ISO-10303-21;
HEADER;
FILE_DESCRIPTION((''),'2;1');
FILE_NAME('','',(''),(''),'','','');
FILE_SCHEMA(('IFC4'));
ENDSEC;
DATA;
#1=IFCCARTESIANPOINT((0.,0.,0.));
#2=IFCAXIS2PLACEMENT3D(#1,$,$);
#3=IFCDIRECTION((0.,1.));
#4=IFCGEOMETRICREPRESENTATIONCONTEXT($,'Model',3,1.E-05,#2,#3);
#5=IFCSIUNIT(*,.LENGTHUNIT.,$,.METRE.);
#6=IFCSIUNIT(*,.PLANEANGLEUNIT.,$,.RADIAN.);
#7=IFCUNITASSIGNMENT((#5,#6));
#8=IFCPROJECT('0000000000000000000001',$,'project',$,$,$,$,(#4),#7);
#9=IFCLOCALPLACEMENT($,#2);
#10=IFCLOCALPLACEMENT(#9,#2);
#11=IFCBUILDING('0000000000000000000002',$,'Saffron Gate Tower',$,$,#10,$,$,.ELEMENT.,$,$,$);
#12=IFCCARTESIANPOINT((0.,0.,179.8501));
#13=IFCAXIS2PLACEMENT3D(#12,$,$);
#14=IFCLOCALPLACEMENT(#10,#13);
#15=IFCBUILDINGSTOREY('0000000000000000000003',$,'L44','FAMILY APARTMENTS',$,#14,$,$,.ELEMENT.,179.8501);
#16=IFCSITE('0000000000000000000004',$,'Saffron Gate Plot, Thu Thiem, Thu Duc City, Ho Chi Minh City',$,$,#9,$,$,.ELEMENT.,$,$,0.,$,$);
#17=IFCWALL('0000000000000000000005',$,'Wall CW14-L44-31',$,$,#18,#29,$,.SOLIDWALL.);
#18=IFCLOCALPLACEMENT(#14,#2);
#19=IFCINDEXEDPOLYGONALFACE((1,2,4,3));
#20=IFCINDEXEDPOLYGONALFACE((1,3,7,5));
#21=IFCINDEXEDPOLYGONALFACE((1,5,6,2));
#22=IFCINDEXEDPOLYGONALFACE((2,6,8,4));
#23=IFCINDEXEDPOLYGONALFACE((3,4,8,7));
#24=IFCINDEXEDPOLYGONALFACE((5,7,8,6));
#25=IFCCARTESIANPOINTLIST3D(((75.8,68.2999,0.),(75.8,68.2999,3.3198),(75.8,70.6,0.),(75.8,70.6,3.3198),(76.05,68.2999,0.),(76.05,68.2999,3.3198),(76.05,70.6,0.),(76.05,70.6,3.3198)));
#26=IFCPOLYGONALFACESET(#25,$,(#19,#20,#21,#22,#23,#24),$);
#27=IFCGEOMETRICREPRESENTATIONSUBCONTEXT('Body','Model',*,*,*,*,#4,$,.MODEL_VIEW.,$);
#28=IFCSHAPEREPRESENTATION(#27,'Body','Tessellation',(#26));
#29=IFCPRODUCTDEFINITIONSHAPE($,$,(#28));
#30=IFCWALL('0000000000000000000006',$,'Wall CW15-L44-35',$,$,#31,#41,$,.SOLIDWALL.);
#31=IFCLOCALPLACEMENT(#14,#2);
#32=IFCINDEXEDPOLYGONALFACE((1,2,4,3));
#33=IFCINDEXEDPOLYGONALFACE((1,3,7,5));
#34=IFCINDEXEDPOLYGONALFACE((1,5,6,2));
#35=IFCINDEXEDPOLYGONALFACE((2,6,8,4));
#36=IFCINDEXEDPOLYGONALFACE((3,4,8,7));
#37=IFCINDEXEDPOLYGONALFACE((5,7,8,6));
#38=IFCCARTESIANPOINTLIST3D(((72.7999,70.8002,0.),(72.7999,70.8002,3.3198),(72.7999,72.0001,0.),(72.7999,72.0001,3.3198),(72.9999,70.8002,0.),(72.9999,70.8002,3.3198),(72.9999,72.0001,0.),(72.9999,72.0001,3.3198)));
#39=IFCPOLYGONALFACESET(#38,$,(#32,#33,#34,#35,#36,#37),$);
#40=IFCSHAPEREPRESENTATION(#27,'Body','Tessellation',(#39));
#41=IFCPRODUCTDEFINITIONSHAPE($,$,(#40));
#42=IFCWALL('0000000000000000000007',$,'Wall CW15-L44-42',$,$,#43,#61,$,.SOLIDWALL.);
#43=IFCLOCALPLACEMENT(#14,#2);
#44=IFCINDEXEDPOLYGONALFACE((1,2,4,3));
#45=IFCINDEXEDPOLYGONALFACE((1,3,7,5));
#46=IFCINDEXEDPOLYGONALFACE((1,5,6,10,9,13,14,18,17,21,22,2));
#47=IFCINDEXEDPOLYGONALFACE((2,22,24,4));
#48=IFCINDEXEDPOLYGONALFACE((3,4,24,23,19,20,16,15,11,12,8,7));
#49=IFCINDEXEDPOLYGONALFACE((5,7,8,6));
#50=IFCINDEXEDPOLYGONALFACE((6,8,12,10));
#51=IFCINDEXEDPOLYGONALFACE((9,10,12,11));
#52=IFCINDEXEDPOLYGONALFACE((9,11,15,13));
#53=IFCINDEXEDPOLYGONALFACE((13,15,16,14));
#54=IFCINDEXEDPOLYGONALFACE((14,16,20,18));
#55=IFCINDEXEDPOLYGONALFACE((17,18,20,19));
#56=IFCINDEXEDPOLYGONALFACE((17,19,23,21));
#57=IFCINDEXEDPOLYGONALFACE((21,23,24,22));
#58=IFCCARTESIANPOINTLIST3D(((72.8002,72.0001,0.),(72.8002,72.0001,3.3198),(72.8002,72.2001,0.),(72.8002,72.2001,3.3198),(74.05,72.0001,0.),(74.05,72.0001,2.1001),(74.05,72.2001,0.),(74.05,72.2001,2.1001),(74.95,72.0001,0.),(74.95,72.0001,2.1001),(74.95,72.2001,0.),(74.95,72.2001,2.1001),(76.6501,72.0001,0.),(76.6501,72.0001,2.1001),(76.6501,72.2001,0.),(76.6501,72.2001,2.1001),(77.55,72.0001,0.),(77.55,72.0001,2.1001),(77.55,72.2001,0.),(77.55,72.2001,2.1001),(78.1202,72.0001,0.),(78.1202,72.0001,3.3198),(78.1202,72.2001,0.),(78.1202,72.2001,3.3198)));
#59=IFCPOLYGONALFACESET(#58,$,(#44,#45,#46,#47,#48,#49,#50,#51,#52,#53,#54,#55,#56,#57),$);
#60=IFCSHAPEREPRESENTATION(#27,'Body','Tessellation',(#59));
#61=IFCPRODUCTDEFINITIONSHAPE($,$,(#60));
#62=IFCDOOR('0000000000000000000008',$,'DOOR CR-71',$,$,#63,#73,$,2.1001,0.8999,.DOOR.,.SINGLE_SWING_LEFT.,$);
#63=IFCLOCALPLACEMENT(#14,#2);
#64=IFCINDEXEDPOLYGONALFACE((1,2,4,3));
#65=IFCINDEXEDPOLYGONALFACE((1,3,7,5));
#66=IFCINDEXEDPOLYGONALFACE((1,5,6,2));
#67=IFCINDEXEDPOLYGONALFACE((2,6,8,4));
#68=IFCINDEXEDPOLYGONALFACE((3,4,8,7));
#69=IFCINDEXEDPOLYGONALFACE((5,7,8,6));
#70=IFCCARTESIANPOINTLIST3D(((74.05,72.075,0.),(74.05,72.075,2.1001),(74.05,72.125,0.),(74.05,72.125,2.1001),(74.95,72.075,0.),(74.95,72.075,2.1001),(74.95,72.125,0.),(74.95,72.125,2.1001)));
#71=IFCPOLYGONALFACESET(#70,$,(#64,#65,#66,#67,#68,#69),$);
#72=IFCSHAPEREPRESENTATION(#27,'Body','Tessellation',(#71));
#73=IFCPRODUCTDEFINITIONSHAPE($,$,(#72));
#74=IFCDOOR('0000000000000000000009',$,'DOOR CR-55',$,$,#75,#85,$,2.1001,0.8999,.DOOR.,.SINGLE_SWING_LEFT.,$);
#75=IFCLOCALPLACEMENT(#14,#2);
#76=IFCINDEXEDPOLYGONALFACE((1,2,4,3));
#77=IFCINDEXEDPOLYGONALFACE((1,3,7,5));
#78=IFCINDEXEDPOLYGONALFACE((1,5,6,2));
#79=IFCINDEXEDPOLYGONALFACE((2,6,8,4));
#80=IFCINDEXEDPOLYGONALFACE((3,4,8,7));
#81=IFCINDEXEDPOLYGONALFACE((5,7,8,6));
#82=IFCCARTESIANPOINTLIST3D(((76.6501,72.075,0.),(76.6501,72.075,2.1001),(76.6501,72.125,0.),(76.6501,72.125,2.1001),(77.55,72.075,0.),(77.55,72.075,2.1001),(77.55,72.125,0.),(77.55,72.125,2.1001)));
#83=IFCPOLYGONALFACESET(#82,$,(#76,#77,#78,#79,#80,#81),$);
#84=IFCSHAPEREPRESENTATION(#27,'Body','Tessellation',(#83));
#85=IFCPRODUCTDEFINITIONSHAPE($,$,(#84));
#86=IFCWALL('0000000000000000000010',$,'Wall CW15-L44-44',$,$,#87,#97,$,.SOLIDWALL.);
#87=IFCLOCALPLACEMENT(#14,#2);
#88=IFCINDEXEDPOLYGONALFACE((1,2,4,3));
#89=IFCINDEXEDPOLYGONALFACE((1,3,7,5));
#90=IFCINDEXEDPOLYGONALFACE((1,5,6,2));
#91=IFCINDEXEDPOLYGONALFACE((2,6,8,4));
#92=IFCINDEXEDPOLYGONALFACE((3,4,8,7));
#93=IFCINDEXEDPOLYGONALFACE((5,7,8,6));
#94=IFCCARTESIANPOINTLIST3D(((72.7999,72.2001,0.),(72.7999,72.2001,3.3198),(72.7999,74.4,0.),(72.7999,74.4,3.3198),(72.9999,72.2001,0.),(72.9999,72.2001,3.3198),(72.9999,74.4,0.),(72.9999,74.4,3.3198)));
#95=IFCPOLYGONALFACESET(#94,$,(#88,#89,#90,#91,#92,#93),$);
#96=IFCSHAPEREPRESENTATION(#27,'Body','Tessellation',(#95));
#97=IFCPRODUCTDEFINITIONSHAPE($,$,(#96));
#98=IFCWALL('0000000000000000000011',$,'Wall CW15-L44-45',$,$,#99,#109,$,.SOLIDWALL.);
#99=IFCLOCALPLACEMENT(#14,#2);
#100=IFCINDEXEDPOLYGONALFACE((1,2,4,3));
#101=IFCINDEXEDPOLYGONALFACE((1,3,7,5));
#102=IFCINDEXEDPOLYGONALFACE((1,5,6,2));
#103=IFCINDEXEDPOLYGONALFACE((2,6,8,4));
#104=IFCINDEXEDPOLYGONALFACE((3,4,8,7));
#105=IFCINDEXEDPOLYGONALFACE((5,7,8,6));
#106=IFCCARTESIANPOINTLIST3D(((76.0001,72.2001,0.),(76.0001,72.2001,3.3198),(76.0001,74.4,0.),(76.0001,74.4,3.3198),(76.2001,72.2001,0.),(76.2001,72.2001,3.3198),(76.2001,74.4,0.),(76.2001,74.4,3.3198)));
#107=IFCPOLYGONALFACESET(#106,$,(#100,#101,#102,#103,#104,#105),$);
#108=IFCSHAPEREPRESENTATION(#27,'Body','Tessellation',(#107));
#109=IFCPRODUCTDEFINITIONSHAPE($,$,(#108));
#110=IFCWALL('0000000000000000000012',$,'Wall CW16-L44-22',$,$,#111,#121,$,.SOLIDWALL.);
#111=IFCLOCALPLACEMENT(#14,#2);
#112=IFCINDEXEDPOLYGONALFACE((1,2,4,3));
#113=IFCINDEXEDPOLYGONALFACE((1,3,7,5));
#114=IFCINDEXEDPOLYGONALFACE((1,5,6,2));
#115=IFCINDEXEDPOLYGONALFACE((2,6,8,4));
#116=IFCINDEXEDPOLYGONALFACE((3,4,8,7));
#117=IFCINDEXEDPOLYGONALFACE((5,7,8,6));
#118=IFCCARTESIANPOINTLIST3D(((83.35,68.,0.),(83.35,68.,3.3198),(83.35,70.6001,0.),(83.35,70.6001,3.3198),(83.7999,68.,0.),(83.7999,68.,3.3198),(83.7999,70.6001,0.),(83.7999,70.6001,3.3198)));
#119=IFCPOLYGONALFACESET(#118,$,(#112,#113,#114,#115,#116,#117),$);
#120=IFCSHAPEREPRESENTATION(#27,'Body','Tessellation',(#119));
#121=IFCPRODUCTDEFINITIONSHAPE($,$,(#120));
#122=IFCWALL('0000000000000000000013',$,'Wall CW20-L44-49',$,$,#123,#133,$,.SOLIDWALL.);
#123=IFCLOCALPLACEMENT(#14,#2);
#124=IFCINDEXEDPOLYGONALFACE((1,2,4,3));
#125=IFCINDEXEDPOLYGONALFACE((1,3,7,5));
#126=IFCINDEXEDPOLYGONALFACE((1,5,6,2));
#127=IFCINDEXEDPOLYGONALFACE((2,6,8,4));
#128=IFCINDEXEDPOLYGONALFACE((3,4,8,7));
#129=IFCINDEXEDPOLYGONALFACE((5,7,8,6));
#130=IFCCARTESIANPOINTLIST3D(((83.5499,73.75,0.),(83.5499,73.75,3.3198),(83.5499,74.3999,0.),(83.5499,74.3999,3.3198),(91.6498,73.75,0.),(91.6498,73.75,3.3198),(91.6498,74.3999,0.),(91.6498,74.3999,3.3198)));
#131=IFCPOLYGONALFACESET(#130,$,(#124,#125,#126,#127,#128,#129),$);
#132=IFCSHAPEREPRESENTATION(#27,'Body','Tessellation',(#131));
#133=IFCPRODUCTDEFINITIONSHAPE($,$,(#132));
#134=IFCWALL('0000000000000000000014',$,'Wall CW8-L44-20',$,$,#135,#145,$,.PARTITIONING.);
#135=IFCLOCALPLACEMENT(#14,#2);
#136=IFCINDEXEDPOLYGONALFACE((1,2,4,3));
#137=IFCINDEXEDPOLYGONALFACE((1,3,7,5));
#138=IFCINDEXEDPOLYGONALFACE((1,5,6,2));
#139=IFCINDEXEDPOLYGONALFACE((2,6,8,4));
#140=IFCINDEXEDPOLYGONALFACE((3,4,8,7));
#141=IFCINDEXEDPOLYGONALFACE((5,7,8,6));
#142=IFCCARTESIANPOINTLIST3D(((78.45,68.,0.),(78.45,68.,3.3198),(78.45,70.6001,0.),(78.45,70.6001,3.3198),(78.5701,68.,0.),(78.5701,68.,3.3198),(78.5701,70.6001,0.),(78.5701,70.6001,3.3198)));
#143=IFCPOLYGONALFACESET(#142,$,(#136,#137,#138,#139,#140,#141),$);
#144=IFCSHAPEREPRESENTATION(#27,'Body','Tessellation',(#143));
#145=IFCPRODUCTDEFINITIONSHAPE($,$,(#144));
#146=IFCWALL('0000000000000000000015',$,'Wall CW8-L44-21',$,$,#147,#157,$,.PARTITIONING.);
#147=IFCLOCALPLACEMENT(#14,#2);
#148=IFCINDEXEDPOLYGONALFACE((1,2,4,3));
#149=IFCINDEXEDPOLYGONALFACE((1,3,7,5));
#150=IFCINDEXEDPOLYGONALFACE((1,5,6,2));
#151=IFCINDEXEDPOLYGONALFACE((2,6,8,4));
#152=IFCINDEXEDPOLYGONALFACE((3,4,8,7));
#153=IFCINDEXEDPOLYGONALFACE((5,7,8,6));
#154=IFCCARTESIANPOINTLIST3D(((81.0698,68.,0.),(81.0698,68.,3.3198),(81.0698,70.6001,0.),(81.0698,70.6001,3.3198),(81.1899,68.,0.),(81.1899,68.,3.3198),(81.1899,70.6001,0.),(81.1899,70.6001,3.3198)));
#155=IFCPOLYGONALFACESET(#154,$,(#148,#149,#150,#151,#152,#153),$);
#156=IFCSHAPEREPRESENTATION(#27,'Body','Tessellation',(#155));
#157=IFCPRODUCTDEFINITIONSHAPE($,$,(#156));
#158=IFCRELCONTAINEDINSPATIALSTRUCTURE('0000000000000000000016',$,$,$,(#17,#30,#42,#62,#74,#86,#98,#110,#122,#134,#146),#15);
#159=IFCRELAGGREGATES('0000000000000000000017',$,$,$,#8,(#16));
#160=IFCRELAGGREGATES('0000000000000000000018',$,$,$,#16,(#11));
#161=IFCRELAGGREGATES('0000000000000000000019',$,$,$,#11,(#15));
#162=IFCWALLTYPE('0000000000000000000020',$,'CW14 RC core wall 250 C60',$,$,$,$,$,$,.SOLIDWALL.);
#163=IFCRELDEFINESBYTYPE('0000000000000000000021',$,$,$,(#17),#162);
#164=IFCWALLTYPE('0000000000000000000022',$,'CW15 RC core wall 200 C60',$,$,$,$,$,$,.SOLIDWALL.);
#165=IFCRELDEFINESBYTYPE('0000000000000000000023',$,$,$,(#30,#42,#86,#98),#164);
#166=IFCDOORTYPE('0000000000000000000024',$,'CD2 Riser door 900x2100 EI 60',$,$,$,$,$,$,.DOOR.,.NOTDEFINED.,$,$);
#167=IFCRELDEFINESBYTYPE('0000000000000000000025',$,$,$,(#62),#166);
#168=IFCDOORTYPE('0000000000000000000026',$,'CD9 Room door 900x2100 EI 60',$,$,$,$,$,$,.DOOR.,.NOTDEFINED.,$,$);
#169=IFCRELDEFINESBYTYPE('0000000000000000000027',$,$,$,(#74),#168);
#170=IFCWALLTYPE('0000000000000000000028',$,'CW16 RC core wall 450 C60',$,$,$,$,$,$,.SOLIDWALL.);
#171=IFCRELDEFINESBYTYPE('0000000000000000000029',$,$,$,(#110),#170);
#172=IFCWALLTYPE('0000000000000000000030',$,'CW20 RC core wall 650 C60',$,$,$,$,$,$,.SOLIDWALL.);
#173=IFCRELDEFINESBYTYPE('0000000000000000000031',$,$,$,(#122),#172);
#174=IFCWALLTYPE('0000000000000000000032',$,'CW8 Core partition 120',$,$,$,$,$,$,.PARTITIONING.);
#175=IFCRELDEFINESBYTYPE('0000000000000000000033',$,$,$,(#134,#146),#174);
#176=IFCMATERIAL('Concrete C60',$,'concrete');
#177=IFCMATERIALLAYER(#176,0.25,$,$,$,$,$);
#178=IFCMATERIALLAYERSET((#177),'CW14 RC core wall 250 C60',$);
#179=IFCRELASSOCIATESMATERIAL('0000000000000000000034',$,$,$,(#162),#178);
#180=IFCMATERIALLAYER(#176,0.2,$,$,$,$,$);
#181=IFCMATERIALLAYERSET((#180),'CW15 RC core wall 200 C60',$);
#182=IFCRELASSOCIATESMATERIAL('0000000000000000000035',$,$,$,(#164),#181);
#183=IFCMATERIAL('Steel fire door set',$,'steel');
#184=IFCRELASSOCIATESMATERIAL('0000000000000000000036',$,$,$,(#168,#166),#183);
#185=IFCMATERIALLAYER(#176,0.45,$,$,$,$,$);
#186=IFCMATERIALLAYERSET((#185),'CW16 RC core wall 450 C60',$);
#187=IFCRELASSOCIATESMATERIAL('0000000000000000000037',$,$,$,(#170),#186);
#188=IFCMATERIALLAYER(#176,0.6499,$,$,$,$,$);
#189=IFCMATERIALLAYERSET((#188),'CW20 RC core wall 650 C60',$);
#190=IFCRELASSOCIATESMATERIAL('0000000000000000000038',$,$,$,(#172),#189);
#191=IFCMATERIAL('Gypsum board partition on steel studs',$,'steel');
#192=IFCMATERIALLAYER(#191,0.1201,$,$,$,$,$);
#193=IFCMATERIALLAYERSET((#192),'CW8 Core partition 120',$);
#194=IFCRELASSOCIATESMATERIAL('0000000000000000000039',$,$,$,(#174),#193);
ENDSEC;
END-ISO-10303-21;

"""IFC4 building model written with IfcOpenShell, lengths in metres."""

from ifc_helpers import new_model, si_unit, direction, frame, frame_2d, origin, place, context, subcontext, project, spatial, rectangle, extrude, material, layer, layer_set, type_object, element, fill, save


model = new_model("IFC4")

# Units and contexts
model_context = context("Model", 3, precision=1e-05, world=origin(), true_north=direction((0.0, 1.0)))
body_context = subcontext(model_context, "Body", "Model", "MODEL_VIEW")
ifc_project = project(units=[si_unit("LENGTHUNIT", "METRE"), si_unit("PLANEANGLEUNIT", "RADIAN")], contexts=[model_context])

# Site, building, storey
site_placement = place(None, origin())
site = spatial("IfcSite", under=ifc_project, at=site_placement, Name="Saffron Gate Plot, Thu Thiem, Thu Duc City, Ho Chi Minh City", CompositionType="ELEMENT", RefElevation=0.0)
building_placement = place(site_placement, origin())
building = spatial("IfcBuilding", under=site, at=building_placement, Name="Saffron Gate Tower", CompositionType="ELEMENT")
storey_placement = place(building_placement, frame((0.0, 0.0, 179.8501)))
storey = spatial("IfcBuildingStorey", under=building, at=storey_placement, Name="L44", Description="FAMILY APARTMENTS", CompositionType="ELEMENT", Elevation=179.8501)

# Wall
ifc_material_1 = material(Name="Concrete C60", Category="concrete")
ifc_layer_1 = layer(ifc_material_1, 0.25)
ifc_layer_set_1 = layer_set([ifc_layer_1], Name="CW14 RC core wall 250 C60")
wall_type_1 = type_object("IfcWallType", Name="CW14 RC core wall 250 C60", PredefinedType="SOLIDWALL", material=ifc_layer_set_1)
wall_1_placement = place(storey_placement, frame((75.925, 68.3, 0.0), z_axis=(0.0, 0.0, 1.0), x_axis=(0.0, 1.0, 0.0)))
element("IfcWall", 1, at=wall_1_placement, inside=storey, type_object=wall_type_1, Name="Wall CW14-L44-31", PredefinedType="SOLIDWALL", context=body_context, shape_type="SweptSolid", body=[
    extrude(rectangle(XDim=2.3, YDim=0.25, at=frame_2d((1.1499, 0.0))), origin(), (0.0, 0.0, 1.0), 3.3198),
])

# Shared definitions
ifc_layer_2 = layer(ifc_material_1, 0.2)
ifc_layer_set_2 = layer_set([ifc_layer_2], Name="CW15 RC core wall 200 C60")
wall_type_2 = type_object("IfcWallType", Name="CW15 RC core wall 200 C60", PredefinedType="SOLIDWALL", material=ifc_layer_set_2)
ifc_material_2 = material(Name="Steel fire door set", Category="steel")
door_type_1 = type_object("IfcDoorType", Name="CD9 Room door 900x2100 EI 60", OperationType="NOTDEFINED", PredefinedType="DOOR", material=ifc_material_2)

# Wall
wall_2_placement = place(storey_placement, frame((72.8999, 70.8, 0.0), z_axis=(0.0, 0.0, 1.0), x_axis=(0.0, 1.0, 0.0)))
element("IfcWall", 2, at=wall_2_placement, inside=storey, type_object=wall_type_2, Name="Wall CW15-L44-35", PredefinedType="SOLIDWALL", context=body_context, shape_type="SweptSolid", body=[
    extrude(rectangle(XDim=1.2, YDim=0.2, at=frame_2d((0.6001, 0.0))), origin(), (0.0, 0.0, 1.0), 3.3198),
])

# Wall, openings, doors
wall_3_placement = place(storey_placement, frame((72.8, 72.1001, 0.0), z_axis=(0.0, 0.0, 1.0), x_axis=(1.0, 0.0, 0.0)))
wall_3 = element("IfcWall", 3, at=wall_3_placement, inside=storey, type_object=wall_type_2, Name="Wall CW15-L44-42", PredefinedType="SOLIDWALL", context=body_context, shape_type="SweptSolid", body=[
    extrude(rectangle(XDim=5.3201, YDim=0.2, at=frame_2d((2.6602, 0.0))), origin(), (0.0, 0.0, 1.0), 3.3198),
])
opening_1_placement = place(wall_3_placement, frame((1.25, 0.0, 0.0)))
opening_1 = element("IfcOpeningElement", 4, at=opening_1_placement, cuts=wall_3, PredefinedType="OPENING", context=body_context, shape_type="SweptSolid", body=[
    extrude(rectangle(XDim=0.8999, YDim=2.1001, at=frame_2d((0.45, 1.05))), frame((0.0, 0.1099, 0.0), z_axis=(0.0, -1.0, 0.0), x_axis=(1.0, 0.0, 0.0)), (0.0, 0.0, 1.0), 0.22),
])
opening_2_placement = place(wall_3_placement, frame((3.8501, 0.0, 0.0)))
opening_2 = element("IfcOpeningElement", 5, at=opening_2_placement, cuts=wall_3, PredefinedType="OPENING", context=body_context, shape_type="SweptSolid", body=[
    extrude(rectangle(XDim=0.8999, YDim=2.1001, at=frame_2d((0.45, 1.05))), frame((0.0, 0.1099, 0.0), z_axis=(0.0, -1.0, 0.0), x_axis=(1.0, 0.0, 0.0)), (0.0, 0.0, 1.0), 0.22),
])
door_type_2 = type_object("IfcDoorType", Name="CD2 Riser door 900x2100 EI 60", OperationType="NOTDEFINED", PredefinedType="DOOR", material=ifc_material_2)
door_1_placement = place(opening_1_placement, origin())
door_1 = element("IfcDoor", 6, at=door_1_placement, inside=storey, type_object=door_type_2, Name="DOOR CR-71", OperationType="SINGLE_SWING_LEFT", OverallHeight=2.1001, OverallWidth=0.8999, PredefinedType="DOOR", context=body_context, shape_type="SweptSolid", body=[
    extrude(rectangle(XDim=0.8999, YDim=2.1001, at=frame_2d((0.45, 1.05))), frame((0.0, 0.0249, 0.0), z_axis=(0.0, -1.0, 0.0), x_axis=(1.0, 0.0, 0.0)), (0.0, 0.0, 1.0), 0.05),
])
fill(opening_1, door_1)
door_2_placement = place(opening_2_placement, origin())
door_2 = element("IfcDoor", 7, at=door_2_placement, inside=storey, type_object=door_type_1, Name="DOOR CR-55", OperationType="SINGLE_SWING_LEFT", OverallHeight=2.1001, OverallWidth=0.8999, PredefinedType="DOOR", context=body_context, shape_type="SweptSolid", body=[
    extrude(rectangle(XDim=0.8999, YDim=2.1001, at=frame_2d((0.45, 1.05))), frame((0.0, 0.0249, 0.0), z_axis=(0.0, -1.0, 0.0), x_axis=(1.0, 0.0, 0.0)), (0.0, 0.0, 1.0), 0.05),
])
fill(opening_2, door_2)

# Walls
for number, where, z_axis, x_axis, name in (
    (8, (72.8999, 72.2, 0.0), (0.0, 0.0, 1.0), (0.0, 1.0, 0.0), "Wall CW15-L44-44"),
    (9, (76.1001, 72.2, 0.0), (0.0, 0.0, 1.0), (0.0, 1.0, 0.0), "Wall CW15-L44-45"),
):
    element("IfcWall", number, at=place(storey_placement, frame(where, z_axis=z_axis, x_axis=x_axis)), inside=storey, type_object=wall_type_2, Name=name, PredefinedType="SOLIDWALL", context=body_context, shape_type="SweptSolid", body=[
        extrude(rectangle(XDim=2.2, YDim=0.2, at=frame_2d((1.1001, 0.0))), origin(), (0.0, 0.0, 1.0), 3.3198),
    ])
ifc_layer_3 = layer(ifc_material_1, 0.45)
ifc_layer_set_3 = layer_set([ifc_layer_3], Name="CW16 RC core wall 450 C60")
wall_type_3 = type_object("IfcWallType", Name="CW16 RC core wall 450 C60", PredefinedType="SOLIDWALL", material=ifc_layer_set_3)
wall_4_placement = place(storey_placement, frame((83.575, 68.0, 0.0), z_axis=(0.0, 0.0, 1.0), x_axis=(0.0, 1.0, 0.0)))
element("IfcWall", 10, at=wall_4_placement, inside=storey, type_object=wall_type_3, Name="Wall CW16-L44-22", PredefinedType="SOLIDWALL", context=body_context, shape_type="SweptSolid", body=[
    extrude(rectangle(XDim=2.6001, YDim=0.45, at=frame_2d((1.3, 0.0))), origin(), (0.0, 0.0, 1.0), 3.3198),
])
ifc_layer_4 = layer(ifc_material_1, 0.6499)
ifc_layer_set_4 = layer_set([ifc_layer_4], Name="CW20 RC core wall 650 C60")
wall_type_4 = type_object("IfcWallType", Name="CW20 RC core wall 650 C60", PredefinedType="SOLIDWALL", material=ifc_layer_set_4)
wall_5_placement = place(storey_placement, frame((83.55, 74.075, 0.0), z_axis=(0.0, 0.0, 1.0), x_axis=(1.0, 0.0, 0.0)))
element("IfcWall", 11, at=wall_5_placement, inside=storey, type_object=wall_type_4, Name="Wall CW20-L44-49", PredefinedType="SOLIDWALL", context=body_context, shape_type="SweptSolid", body=[
    extrude(rectangle(XDim=8.0999, YDim=0.6499, at=frame_2d((4.0498, 0.0))), origin(), (0.0, 0.0, 1.0), 3.3198),
])
ifc_material_3 = material(Name="Gypsum board partition on steel studs", Category="steel")
ifc_layer_5 = layer(ifc_material_3, 0.1201)
ifc_layer_set_5 = layer_set([ifc_layer_5], Name="CW8 Core partition 120")
wall_type_5 = type_object("IfcWallType", Name="CW8 Core partition 120", PredefinedType="PARTITIONING", material=ifc_layer_set_5)
for number, where, z_axis, x_axis, name in (
    (12, (78.51, 68.0, 0.0), (0.0, 0.0, 1.0), (0.0, 1.0, 0.0), "Wall CW8-L44-20"),
    (13, (81.1299, 68.0, 0.0), (0.0, 0.0, 1.0), (0.0, 1.0, 0.0), "Wall CW8-L44-21"),
):
    element("IfcWall", number, at=place(storey_placement, frame(where, z_axis=z_axis, x_axis=x_axis)), inside=storey, type_object=wall_type_5, Name=name, PredefinedType="PARTITIONING", context=body_context, shape_type="SweptSolid", body=[
        extrude(rectangle(XDim=2.6001, YDim=0.1201, at=frame_2d((1.3, 0.0))), origin(), (0.0, 0.0, 1.0), 3.3198),
    ])

save(model, "model.ifc")
